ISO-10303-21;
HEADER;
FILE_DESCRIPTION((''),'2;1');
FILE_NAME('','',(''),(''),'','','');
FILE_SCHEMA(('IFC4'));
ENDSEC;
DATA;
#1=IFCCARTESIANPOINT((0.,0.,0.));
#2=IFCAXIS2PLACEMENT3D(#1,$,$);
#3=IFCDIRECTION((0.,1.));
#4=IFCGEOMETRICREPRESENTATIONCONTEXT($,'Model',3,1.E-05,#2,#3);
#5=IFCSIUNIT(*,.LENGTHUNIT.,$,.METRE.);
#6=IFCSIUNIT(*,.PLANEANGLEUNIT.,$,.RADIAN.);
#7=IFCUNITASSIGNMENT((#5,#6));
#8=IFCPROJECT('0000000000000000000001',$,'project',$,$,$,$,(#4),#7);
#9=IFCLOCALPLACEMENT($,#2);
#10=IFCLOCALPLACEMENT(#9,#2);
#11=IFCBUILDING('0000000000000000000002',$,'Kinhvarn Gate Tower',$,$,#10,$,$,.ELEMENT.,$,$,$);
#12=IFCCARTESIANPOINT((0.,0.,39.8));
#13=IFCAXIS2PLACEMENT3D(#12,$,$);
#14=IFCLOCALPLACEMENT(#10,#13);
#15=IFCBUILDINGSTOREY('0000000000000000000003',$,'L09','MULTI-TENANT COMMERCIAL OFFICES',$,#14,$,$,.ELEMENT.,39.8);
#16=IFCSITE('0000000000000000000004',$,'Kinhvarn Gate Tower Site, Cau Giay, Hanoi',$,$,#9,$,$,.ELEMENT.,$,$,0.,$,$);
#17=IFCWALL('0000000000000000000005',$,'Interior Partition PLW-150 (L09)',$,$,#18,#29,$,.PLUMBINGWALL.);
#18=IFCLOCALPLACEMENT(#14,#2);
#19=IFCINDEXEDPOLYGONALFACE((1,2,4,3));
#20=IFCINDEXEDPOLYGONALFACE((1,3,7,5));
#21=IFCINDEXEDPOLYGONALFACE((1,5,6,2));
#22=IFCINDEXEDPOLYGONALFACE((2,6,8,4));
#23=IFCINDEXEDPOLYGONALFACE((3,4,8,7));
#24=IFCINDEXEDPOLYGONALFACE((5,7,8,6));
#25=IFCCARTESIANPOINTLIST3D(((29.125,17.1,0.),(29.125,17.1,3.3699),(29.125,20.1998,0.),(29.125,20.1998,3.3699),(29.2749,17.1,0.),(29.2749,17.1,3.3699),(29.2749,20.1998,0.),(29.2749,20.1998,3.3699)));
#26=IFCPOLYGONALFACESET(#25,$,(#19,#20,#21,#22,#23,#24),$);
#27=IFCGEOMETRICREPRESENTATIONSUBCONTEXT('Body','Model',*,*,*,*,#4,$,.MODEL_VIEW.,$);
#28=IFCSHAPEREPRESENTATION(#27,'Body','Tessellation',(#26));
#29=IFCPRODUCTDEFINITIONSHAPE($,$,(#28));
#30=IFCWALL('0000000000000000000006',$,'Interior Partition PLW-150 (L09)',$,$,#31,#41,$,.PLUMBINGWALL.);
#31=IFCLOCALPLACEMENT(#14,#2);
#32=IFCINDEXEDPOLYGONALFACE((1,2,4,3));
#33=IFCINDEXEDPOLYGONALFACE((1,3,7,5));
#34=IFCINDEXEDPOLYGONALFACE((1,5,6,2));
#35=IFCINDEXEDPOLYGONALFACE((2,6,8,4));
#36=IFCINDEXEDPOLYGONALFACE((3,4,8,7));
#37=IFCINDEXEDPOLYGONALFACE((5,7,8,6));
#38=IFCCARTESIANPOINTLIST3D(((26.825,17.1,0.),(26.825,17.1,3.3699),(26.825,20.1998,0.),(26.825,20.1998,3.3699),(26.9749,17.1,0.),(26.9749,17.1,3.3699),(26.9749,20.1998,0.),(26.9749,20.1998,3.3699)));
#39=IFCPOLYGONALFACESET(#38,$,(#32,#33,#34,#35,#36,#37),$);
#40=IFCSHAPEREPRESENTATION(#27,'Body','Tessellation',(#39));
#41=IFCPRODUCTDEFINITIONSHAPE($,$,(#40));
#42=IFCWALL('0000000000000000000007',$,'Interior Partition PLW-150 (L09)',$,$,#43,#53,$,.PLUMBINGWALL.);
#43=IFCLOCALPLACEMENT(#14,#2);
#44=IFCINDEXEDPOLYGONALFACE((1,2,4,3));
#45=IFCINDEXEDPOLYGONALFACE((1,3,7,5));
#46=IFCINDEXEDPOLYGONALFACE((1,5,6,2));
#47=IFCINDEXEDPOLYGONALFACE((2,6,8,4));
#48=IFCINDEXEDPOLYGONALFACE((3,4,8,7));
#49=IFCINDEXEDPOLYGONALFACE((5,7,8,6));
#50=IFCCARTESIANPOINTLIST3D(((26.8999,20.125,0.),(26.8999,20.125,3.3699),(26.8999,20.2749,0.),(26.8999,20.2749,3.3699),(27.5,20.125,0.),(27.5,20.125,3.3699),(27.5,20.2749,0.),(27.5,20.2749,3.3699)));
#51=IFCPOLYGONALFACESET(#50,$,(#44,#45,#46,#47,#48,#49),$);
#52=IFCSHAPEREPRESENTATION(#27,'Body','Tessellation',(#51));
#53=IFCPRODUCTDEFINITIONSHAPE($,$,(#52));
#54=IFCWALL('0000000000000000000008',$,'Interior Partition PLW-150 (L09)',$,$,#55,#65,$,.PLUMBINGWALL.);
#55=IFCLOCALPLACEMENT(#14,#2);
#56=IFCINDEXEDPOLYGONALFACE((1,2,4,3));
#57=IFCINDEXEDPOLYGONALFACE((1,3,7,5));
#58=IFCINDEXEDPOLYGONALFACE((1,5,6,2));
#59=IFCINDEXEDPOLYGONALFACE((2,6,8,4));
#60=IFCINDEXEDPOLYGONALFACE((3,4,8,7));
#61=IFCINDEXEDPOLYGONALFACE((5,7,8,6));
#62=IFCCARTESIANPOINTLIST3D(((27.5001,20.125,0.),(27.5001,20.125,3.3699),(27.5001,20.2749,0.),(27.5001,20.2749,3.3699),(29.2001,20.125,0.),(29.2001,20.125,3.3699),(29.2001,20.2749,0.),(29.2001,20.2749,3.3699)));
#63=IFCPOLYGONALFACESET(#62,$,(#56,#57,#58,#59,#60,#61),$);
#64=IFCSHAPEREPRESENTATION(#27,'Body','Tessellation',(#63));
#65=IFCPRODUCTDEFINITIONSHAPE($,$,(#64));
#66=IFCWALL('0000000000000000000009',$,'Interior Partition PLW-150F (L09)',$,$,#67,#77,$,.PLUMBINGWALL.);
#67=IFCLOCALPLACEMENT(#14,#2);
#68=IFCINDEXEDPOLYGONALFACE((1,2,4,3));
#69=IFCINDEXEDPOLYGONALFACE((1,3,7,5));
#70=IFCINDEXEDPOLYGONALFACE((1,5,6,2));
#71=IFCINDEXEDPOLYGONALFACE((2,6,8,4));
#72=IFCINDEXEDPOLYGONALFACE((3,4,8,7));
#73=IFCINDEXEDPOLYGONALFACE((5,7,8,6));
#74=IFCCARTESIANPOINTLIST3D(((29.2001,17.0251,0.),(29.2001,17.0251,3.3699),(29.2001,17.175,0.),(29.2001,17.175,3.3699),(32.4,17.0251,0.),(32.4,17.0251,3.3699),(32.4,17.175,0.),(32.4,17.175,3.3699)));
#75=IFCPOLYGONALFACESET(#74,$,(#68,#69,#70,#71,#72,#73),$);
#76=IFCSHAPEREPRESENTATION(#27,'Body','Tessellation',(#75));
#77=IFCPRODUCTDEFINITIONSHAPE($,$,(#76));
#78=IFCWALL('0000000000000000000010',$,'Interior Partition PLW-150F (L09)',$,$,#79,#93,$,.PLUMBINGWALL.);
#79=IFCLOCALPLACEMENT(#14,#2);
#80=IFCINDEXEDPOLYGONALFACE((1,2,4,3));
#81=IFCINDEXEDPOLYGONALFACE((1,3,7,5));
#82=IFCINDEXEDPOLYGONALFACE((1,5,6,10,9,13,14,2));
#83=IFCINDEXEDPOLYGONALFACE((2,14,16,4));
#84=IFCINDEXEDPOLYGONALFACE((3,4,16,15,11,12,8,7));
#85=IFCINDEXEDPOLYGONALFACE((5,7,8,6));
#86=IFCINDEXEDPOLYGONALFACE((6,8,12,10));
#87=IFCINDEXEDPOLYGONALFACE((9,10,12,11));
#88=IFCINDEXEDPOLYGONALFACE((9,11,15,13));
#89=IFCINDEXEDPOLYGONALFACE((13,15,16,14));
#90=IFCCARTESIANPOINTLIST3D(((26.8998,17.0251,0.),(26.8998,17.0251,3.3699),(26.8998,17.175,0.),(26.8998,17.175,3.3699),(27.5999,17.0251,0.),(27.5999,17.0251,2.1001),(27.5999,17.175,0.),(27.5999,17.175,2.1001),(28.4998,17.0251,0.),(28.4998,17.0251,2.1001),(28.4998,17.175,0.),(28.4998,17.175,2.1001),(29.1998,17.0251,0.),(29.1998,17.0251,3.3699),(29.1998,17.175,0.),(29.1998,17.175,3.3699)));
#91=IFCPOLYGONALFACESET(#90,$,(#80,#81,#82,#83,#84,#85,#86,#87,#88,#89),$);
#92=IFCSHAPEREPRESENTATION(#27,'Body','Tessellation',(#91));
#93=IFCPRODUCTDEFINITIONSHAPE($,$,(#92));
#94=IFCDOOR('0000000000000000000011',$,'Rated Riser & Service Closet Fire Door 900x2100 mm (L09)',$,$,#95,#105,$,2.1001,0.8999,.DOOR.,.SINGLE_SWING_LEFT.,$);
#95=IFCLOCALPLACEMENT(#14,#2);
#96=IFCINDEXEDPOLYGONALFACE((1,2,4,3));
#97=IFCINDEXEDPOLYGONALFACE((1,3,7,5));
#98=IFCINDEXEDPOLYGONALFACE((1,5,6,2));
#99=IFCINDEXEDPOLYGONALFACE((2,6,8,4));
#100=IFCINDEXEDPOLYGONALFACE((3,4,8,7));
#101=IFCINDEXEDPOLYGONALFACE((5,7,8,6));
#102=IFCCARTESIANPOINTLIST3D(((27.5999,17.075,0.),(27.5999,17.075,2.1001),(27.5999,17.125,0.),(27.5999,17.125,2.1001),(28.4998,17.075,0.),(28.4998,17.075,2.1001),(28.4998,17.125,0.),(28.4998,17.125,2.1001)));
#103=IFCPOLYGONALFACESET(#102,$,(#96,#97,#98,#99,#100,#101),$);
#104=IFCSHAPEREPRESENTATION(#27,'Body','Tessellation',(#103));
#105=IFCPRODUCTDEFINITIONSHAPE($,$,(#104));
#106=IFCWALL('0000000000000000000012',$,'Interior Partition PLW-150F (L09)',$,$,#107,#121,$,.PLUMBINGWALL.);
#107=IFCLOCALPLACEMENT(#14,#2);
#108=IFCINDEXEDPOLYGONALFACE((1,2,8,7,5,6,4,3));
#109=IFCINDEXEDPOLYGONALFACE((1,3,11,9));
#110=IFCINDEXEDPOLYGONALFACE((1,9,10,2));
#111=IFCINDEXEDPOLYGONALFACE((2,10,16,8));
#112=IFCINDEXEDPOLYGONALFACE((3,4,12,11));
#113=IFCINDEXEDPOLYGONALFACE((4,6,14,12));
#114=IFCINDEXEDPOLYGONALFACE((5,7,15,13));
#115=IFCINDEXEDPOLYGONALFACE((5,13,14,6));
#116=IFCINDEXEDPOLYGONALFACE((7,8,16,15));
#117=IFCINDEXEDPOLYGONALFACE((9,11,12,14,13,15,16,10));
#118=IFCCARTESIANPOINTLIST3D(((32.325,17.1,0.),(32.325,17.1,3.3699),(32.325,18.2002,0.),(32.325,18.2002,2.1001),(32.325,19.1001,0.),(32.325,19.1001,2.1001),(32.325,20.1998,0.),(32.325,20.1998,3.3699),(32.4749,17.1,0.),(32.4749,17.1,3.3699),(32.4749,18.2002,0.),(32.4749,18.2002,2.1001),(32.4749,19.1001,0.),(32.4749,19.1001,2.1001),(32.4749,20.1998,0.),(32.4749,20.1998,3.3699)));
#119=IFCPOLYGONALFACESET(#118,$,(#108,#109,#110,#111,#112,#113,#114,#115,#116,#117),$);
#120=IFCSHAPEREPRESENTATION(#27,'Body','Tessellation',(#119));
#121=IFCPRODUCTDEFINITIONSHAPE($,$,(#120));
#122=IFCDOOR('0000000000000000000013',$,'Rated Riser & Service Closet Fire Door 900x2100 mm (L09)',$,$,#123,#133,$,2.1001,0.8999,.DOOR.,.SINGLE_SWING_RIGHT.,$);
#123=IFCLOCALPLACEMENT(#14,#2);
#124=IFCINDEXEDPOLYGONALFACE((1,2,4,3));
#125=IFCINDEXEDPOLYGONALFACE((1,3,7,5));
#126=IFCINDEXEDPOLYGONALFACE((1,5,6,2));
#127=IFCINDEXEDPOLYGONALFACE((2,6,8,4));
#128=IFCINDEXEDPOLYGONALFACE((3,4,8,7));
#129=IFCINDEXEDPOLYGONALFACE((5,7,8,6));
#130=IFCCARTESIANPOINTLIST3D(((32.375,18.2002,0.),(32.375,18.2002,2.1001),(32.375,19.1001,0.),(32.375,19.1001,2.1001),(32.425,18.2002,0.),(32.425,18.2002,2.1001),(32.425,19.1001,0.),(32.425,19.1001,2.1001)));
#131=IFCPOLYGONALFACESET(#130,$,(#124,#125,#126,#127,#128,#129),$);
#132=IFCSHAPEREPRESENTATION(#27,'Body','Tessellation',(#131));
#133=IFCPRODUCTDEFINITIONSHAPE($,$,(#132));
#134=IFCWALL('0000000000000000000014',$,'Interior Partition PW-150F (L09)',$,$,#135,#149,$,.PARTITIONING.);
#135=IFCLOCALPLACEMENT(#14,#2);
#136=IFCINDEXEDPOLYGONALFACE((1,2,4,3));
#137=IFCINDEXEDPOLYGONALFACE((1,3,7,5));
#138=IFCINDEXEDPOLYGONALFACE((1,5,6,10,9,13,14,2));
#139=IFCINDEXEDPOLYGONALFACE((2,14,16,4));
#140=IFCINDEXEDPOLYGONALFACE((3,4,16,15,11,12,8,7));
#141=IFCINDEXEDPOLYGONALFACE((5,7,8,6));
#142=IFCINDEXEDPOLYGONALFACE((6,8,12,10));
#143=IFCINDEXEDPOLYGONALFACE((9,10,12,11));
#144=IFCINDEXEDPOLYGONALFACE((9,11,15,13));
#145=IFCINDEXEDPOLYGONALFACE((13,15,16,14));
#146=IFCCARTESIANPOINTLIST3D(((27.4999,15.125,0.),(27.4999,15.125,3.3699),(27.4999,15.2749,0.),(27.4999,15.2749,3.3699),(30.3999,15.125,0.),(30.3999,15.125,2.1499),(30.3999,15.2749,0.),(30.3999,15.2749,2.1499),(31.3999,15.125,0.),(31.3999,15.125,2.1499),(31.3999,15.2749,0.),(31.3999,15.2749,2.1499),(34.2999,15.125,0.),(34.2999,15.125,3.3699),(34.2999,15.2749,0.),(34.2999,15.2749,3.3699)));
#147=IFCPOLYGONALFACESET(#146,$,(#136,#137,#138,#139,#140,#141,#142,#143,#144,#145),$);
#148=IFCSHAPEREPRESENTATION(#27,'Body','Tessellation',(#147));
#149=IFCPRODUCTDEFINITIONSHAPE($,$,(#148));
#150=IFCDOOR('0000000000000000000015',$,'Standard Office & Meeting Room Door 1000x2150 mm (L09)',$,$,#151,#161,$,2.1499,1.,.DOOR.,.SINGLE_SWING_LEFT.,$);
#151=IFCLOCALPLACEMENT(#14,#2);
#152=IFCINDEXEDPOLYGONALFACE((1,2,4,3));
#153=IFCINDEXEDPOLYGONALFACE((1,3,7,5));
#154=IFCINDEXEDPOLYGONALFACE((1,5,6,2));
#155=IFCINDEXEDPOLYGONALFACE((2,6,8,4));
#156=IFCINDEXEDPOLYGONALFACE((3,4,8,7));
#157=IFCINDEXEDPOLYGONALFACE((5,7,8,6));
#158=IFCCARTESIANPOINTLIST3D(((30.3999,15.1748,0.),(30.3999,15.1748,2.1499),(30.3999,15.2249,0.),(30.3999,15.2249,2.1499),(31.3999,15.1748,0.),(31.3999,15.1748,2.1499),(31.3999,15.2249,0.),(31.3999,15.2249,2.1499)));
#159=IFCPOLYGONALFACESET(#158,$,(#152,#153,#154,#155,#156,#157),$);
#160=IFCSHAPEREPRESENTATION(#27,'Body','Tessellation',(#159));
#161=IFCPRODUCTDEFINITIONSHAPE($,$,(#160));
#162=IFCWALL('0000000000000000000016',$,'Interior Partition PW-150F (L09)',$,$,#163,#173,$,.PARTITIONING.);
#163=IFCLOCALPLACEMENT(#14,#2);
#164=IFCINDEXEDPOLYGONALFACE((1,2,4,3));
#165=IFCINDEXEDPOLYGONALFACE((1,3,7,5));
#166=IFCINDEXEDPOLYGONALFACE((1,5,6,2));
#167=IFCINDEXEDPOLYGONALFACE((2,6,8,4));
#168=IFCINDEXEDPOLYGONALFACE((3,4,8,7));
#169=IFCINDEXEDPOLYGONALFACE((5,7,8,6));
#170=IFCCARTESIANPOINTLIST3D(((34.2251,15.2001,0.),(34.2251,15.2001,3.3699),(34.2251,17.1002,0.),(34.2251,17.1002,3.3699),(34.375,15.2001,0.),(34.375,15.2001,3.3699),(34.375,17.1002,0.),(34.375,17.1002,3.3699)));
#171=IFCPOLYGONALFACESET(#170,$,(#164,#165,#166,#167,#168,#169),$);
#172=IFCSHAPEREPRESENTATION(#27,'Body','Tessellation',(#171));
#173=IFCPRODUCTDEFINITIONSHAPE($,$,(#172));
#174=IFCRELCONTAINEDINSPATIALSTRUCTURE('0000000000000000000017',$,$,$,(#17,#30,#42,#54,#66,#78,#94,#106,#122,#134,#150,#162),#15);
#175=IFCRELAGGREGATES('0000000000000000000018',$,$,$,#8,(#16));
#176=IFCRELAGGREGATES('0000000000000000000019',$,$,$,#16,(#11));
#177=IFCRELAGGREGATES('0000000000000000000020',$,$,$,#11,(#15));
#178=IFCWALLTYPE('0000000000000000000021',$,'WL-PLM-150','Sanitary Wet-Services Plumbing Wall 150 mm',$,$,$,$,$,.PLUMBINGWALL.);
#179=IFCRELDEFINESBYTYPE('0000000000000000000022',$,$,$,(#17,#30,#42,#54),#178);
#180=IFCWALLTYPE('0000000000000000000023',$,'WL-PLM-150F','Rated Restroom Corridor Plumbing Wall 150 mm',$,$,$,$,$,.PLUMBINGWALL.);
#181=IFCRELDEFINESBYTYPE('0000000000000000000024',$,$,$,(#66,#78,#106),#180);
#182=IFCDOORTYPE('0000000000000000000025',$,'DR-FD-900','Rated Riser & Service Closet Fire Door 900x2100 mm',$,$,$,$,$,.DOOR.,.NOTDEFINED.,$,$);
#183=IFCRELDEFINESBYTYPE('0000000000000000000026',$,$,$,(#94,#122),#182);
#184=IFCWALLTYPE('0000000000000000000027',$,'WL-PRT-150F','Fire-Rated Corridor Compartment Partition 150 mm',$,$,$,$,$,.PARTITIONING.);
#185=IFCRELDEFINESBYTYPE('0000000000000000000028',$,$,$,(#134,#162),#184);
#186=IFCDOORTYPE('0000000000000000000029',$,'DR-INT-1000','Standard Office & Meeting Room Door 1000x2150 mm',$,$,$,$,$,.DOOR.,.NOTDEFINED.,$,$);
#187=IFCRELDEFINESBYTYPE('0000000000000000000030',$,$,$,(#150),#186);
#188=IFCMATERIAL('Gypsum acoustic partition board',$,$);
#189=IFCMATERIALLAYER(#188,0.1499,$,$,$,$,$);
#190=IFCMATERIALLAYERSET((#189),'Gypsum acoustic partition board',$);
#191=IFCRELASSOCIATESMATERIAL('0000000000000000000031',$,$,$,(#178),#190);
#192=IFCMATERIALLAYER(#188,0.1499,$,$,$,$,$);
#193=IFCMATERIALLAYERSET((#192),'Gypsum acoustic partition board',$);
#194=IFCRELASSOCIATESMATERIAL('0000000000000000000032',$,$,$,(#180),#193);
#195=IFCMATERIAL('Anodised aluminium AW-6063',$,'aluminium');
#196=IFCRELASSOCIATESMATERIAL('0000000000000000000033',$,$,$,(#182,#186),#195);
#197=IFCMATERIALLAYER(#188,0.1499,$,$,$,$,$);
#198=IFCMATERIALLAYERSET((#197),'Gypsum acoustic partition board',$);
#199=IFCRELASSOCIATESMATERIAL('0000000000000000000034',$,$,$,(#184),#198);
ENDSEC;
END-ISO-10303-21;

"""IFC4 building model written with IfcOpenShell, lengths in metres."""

from ifc_helpers import new_model, si_unit, direction, frame, frame_2d, origin, place, context, subcontext, project, spatial, rectangle, extrude, material, layer, layer_set, type_object, element, fill, save


model = new_model("IFC4")

# Units and contexts
model_context = context("Model", 3, precision=1e-05, world=origin(), true_north=direction((0.0, 1.0)))
body_context = subcontext(model_context, "Body", "Model", "MODEL_VIEW")
ifc_project = project(units=[si_unit("LENGTHUNIT", "METRE"), si_unit("PLANEANGLEUNIT", "RADIAN")], contexts=[model_context])

# Site, building, storey
site_placement = place(None, origin())
site = spatial("IfcSite", under=ifc_project, at=site_placement, Name="Kinhvarn Gate Tower Site, Cau Giay, Hanoi", CompositionType="ELEMENT", RefElevation=0.0)
building_placement = place(site_placement, origin())
building = spatial("IfcBuilding", under=site, at=building_placement, Name="Kinhvarn Gate Tower", CompositionType="ELEMENT")
storey_placement = place(building_placement, frame((0.0, 0.0, 39.8)))
storey = spatial("IfcBuildingStorey", under=building, at=storey_placement, Name="L09", Description="MULTI-TENANT COMMERCIAL OFFICES", CompositionType="ELEMENT", Elevation=39.8)

# Walls
ifc_material_1 = material(Name="Gypsum acoustic partition board")
ifc_layer_1 = layer(ifc_material_1, 0.1499)
ifc_layer_set_1 = layer_set([ifc_layer_1], Name="Gypsum acoustic partition board")
wall_type_1 = type_object("IfcWallType", Name="WL-PLM-150", Description="Sanitary Wet-Services Plumbing Wall 150 mm", PredefinedType="PLUMBINGWALL", material=ifc_layer_set_1)
for number, where, z_axis, x_axis, name in (
    (1, (29.2, 17.1001, 0.0), (0.0, 0.0, 1.0), (0.0, 1.0, 0.0), "Interior Partition PLW-150 (L09)"),
    (2, (26.8999, 17.1001, 0.0), (0.0, 0.0, 1.0), (0.0, 1.0, 0.0), "Interior Partition PLW-150 (L09)"),
):
    element("IfcWall", number, at=place(storey_placement, frame(where, z_axis=z_axis, x_axis=x_axis)), inside=storey, type_object=wall_type_1, Name=name, PredefinedType="PLUMBINGWALL", context=body_context, shape_type="SweptSolid", body=[
        extrude(rectangle(XDim=3.0999, YDim=0.1499, at=frame_2d((1.5498, 0.0))), origin(), (0.0, 0.0, 1.0), 3.3699),
    ])
wall_1_placement = place(storey_placement, frame((26.8999, 20.2, 0.0), z_axis=(0.0, 0.0, 1.0), x_axis=(1.0, 0.0, 0.0)))
element("IfcWall", 3, at=wall_1_placement, inside=storey, type_object=wall_type_1, Name="Interior Partition PLW-150 (L09)", PredefinedType="PLUMBINGWALL", context=body_context, shape_type="SweptSolid", body=[
    extrude(rectangle(XDim=0.6001, YDim=0.1499, at=frame_2d((0.3, 0.0))), origin(), (0.0, 0.0, 1.0), 3.3699),
])
wall_2_placement = place(storey_placement, frame((27.5, 20.2, 0.0), z_axis=(0.0, 0.0, 1.0), x_axis=(1.0, 0.0, 0.0)))
element("IfcWall", 4, at=wall_2_placement, inside=storey, type_object=wall_type_1, Name="Interior Partition PLW-150 (L09)", PredefinedType="PLUMBINGWALL", context=body_context, shape_type="SweptSolid", body=[
    extrude(rectangle(XDim=1.7, YDim=0.1499, at=frame_2d((0.8501, 0.0))), origin(), (0.0, 0.0, 1.0), 3.3699),
])
ifc_layer_2 = layer(ifc_material_1, 0.1499)
ifc_layer_set_2 = layer_set([ifc_layer_2], Name="Gypsum acoustic partition board")
wall_type_2 = type_object("IfcWallType", Name="WL-PLM-150F", Description="Rated Restroom Corridor Plumbing Wall 150 mm", PredefinedType="PLUMBINGWALL", material=ifc_layer_set_2)
wall_3_placement = place(storey_placement, frame((29.2, 17.1001, 0.0), z_axis=(0.0, 0.0, 1.0), x_axis=(1.0, 0.0, 0.0)))
element("IfcWall", 5, at=wall_3_placement, inside=storey, type_object=wall_type_2, Name="Interior Partition PLW-150F (L09)", PredefinedType="PLUMBINGWALL", context=body_context, shape_type="SweptSolid", body=[
    extrude(rectangle(XDim=3.2, YDim=0.1499, at=frame_2d((1.6001, 0.0))), origin(), (0.0, 0.0, 1.0), 3.3699),
])

# Walls, openings, doors
wall_4_placement = place(storey_placement, frame((26.8999, 17.1001, 0.0), z_axis=(0.0, 0.0, 1.0), x_axis=(1.0, 0.0, 0.0)))
wall_4 = element("IfcWall", 6, at=wall_4_placement, inside=storey, type_object=wall_type_2, Name="Interior Partition PLW-150F (L09)", PredefinedType="PLUMBINGWALL", context=body_context, shape_type="SweptSolid", body=[
    extrude(rectangle(XDim=2.3, YDim=0.1499, at=frame_2d((1.1499, 0.0))), origin(), (0.0, 0.0, 1.0), 3.3699),
])
opening_1_placement = place(wall_4_placement, frame((0.7, 0.0, 0.0)))
opening_1 = element("IfcOpeningElement", 7, at=opening_1_placement, cuts=wall_4, PredefinedType="OPENING", context=body_context, shape_type="SweptSolid", body=[
    extrude(rectangle(XDim=0.8999, YDim=2.1001, at=frame_2d((0.45, 1.05))), frame((0.0, 0.085, 0.0), z_axis=(0.0, -1.0, 0.0), x_axis=(1.0, 0.0, 0.0)), (0.0, 0.0, 1.0), 0.1699),
])
ifc_material_2 = material(Name="Anodised aluminium AW-6063", Category="aluminium")
door_type_1 = type_object("IfcDoorType", Name="DR-FD-900", Description="Rated Riser & Service Closet Fire Door 900x2100 mm", OperationType="NOTDEFINED", PredefinedType="DOOR", material=ifc_material_2)
door_1_placement = place(opening_1_placement, origin())
door_1 = element("IfcDoor", 8, at=door_1_placement, inside=storey, type_object=door_type_1, Name="Rated Riser & Service Closet Fire Door 900x2100 mm (L09)", OperationType="SINGLE_SWING_LEFT", OverallHeight=2.1001, OverallWidth=0.8999, PredefinedType="DOOR", context=body_context, shape_type="SweptSolid", body=[
    extrude(rectangle(XDim=0.8999, YDim=2.1001, at=frame_2d((0.45, 1.05))), frame((0.0, 0.0249, 0.0), z_axis=(0.0, -1.0, 0.0), x_axis=(1.0, 0.0, 0.0)), (0.0, 0.0, 1.0), 0.05),
])
fill(opening_1, door_1)
wall_5_placement = place(storey_placement, frame((32.3999, 17.1001, 0.0), z_axis=(0.0, 0.0, 1.0), x_axis=(0.0, 1.0, 0.0)))
wall_5 = element("IfcWall", 9, at=wall_5_placement, inside=storey, type_object=wall_type_2, Name="Interior Partition PLW-150F (L09)", PredefinedType="PLUMBINGWALL", context=body_context, shape_type="SweptSolid", body=[
    extrude(rectangle(XDim=3.0999, YDim=0.1499, at=frame_2d((1.5498, 0.0))), origin(), (0.0, 0.0, 1.0), 3.3699),
])
opening_2_placement = place(wall_5_placement, frame((1.1001, 0.0, 0.0)))
opening_2 = element("IfcOpeningElement", 10, at=opening_2_placement, cuts=wall_5, PredefinedType="OPENING", context=body_context, shape_type="SweptSolid", body=[
    extrude(rectangle(XDim=0.8999, YDim=2.1001, at=frame_2d((0.45, 1.05))), frame((0.0, 0.085, 0.0), z_axis=(0.0, -1.0, 0.0), x_axis=(1.0, 0.0, 0.0)), (0.0, 0.0, 1.0), 0.1699),
])
door_2_placement = place(opening_2_placement, origin())
door_2 = element("IfcDoor", 11, at=door_2_placement, inside=storey, type_object=door_type_1, Name="Rated Riser & Service Closet Fire Door 900x2100 mm (L09)", OperationType="SINGLE_SWING_RIGHT", OverallHeight=2.1001, OverallWidth=0.8999, PredefinedType="DOOR", context=body_context, shape_type="SweptSolid", body=[
    extrude(rectangle(XDim=0.8999, YDim=2.1001, at=frame_2d((0.45, 1.05))), frame((0.0, 0.0249, 0.0), z_axis=(0.0, -1.0, 0.0), x_axis=(1.0, 0.0, 0.0)), (0.0, 0.0, 1.0), 0.05),
])
fill(opening_2, door_2)
ifc_layer_3 = layer(ifc_material_1, 0.1499)
ifc_layer_set_3 = layer_set([ifc_layer_3], Name="Gypsum acoustic partition board")
wall_type_3 = type_object("IfcWallType", Name="WL-PRT-150F", Description="Fire-Rated Corridor Compartment Partition 150 mm", PredefinedType="PARTITIONING", material=ifc_layer_set_3)
wall_6_placement = place(storey_placement, frame((27.5, 15.2, 0.0), z_axis=(0.0, 0.0, 1.0), x_axis=(1.0, 0.0, 0.0)))
wall_6 = element("IfcWall", 12, at=wall_6_placement, inside=storey, type_object=wall_type_3, Name="Interior Partition PW-150F (L09)", PredefinedType="PARTITIONING", context=body_context, shape_type="SweptSolid", body=[
    extrude(rectangle(XDim=6.8, YDim=0.1499, at=frame_2d((3.3999, 0.0))), origin(), (0.0, 0.0, 1.0), 3.3699),
])
opening_3_placement = place(wall_6_placement, frame((2.8999, 0.0, 0.0)))
opening_3 = element("IfcOpeningElement", 13, at=opening_3_placement, cuts=wall_6, PredefinedType="OPENING", context=body_context, shape_type="SweptSolid", body=[
    extrude(rectangle(XDim=1.0, YDim=2.1499, at=frame_2d((0.5, 1.075))), frame((0.0, 0.085, 0.0), z_axis=(0.0, -1.0, 0.0), x_axis=(1.0, 0.0, 0.0)), (0.0, 0.0, 1.0), 0.1699),
])
door_type_2 = type_object("IfcDoorType", Name="DR-INT-1000", Description="Standard Office & Meeting Room Door 1000x2150 mm", OperationType="NOTDEFINED", PredefinedType="DOOR", material=ifc_material_2)
door_3_placement = place(opening_3_placement, origin())
door_3 = element("IfcDoor", 14, at=door_3_placement, inside=storey, type_object=door_type_2, Name="Standard Office & Meeting Room Door 1000x2150 mm (L09)", OperationType="SINGLE_SWING_LEFT", OverallHeight=2.1499, OverallWidth=1.0, PredefinedType="DOOR", context=body_context, shape_type="SweptSolid", body=[
    extrude(rectangle(XDim=1.0, YDim=2.1499, at=frame_2d((0.5, 1.075))), frame((0.0, 0.0249, 0.0), z_axis=(0.0, -1.0, 0.0), x_axis=(1.0, 0.0, 0.0)), (0.0, 0.0, 1.0), 0.05),
])
fill(opening_3, door_3)

# Wall
wall_7_placement = place(storey_placement, frame((34.3, 15.2, 0.0), z_axis=(0.0, 0.0, 1.0), x_axis=(0.0, 1.0, 0.0)))
element("IfcWall", 15, at=wall_7_placement, inside=storey, type_object=wall_type_3, Name="Interior Partition PW-150F (L09)", PredefinedType="PARTITIONING", context=body_context, shape_type="SweptSolid", body=[
    extrude(rectangle(XDim=1.9001, YDim=0.1499, at=frame_2d((0.9502, 0.0))), origin(), (0.0, 0.0, 1.0), 3.3699),
])

save(model, "model.ifc")
